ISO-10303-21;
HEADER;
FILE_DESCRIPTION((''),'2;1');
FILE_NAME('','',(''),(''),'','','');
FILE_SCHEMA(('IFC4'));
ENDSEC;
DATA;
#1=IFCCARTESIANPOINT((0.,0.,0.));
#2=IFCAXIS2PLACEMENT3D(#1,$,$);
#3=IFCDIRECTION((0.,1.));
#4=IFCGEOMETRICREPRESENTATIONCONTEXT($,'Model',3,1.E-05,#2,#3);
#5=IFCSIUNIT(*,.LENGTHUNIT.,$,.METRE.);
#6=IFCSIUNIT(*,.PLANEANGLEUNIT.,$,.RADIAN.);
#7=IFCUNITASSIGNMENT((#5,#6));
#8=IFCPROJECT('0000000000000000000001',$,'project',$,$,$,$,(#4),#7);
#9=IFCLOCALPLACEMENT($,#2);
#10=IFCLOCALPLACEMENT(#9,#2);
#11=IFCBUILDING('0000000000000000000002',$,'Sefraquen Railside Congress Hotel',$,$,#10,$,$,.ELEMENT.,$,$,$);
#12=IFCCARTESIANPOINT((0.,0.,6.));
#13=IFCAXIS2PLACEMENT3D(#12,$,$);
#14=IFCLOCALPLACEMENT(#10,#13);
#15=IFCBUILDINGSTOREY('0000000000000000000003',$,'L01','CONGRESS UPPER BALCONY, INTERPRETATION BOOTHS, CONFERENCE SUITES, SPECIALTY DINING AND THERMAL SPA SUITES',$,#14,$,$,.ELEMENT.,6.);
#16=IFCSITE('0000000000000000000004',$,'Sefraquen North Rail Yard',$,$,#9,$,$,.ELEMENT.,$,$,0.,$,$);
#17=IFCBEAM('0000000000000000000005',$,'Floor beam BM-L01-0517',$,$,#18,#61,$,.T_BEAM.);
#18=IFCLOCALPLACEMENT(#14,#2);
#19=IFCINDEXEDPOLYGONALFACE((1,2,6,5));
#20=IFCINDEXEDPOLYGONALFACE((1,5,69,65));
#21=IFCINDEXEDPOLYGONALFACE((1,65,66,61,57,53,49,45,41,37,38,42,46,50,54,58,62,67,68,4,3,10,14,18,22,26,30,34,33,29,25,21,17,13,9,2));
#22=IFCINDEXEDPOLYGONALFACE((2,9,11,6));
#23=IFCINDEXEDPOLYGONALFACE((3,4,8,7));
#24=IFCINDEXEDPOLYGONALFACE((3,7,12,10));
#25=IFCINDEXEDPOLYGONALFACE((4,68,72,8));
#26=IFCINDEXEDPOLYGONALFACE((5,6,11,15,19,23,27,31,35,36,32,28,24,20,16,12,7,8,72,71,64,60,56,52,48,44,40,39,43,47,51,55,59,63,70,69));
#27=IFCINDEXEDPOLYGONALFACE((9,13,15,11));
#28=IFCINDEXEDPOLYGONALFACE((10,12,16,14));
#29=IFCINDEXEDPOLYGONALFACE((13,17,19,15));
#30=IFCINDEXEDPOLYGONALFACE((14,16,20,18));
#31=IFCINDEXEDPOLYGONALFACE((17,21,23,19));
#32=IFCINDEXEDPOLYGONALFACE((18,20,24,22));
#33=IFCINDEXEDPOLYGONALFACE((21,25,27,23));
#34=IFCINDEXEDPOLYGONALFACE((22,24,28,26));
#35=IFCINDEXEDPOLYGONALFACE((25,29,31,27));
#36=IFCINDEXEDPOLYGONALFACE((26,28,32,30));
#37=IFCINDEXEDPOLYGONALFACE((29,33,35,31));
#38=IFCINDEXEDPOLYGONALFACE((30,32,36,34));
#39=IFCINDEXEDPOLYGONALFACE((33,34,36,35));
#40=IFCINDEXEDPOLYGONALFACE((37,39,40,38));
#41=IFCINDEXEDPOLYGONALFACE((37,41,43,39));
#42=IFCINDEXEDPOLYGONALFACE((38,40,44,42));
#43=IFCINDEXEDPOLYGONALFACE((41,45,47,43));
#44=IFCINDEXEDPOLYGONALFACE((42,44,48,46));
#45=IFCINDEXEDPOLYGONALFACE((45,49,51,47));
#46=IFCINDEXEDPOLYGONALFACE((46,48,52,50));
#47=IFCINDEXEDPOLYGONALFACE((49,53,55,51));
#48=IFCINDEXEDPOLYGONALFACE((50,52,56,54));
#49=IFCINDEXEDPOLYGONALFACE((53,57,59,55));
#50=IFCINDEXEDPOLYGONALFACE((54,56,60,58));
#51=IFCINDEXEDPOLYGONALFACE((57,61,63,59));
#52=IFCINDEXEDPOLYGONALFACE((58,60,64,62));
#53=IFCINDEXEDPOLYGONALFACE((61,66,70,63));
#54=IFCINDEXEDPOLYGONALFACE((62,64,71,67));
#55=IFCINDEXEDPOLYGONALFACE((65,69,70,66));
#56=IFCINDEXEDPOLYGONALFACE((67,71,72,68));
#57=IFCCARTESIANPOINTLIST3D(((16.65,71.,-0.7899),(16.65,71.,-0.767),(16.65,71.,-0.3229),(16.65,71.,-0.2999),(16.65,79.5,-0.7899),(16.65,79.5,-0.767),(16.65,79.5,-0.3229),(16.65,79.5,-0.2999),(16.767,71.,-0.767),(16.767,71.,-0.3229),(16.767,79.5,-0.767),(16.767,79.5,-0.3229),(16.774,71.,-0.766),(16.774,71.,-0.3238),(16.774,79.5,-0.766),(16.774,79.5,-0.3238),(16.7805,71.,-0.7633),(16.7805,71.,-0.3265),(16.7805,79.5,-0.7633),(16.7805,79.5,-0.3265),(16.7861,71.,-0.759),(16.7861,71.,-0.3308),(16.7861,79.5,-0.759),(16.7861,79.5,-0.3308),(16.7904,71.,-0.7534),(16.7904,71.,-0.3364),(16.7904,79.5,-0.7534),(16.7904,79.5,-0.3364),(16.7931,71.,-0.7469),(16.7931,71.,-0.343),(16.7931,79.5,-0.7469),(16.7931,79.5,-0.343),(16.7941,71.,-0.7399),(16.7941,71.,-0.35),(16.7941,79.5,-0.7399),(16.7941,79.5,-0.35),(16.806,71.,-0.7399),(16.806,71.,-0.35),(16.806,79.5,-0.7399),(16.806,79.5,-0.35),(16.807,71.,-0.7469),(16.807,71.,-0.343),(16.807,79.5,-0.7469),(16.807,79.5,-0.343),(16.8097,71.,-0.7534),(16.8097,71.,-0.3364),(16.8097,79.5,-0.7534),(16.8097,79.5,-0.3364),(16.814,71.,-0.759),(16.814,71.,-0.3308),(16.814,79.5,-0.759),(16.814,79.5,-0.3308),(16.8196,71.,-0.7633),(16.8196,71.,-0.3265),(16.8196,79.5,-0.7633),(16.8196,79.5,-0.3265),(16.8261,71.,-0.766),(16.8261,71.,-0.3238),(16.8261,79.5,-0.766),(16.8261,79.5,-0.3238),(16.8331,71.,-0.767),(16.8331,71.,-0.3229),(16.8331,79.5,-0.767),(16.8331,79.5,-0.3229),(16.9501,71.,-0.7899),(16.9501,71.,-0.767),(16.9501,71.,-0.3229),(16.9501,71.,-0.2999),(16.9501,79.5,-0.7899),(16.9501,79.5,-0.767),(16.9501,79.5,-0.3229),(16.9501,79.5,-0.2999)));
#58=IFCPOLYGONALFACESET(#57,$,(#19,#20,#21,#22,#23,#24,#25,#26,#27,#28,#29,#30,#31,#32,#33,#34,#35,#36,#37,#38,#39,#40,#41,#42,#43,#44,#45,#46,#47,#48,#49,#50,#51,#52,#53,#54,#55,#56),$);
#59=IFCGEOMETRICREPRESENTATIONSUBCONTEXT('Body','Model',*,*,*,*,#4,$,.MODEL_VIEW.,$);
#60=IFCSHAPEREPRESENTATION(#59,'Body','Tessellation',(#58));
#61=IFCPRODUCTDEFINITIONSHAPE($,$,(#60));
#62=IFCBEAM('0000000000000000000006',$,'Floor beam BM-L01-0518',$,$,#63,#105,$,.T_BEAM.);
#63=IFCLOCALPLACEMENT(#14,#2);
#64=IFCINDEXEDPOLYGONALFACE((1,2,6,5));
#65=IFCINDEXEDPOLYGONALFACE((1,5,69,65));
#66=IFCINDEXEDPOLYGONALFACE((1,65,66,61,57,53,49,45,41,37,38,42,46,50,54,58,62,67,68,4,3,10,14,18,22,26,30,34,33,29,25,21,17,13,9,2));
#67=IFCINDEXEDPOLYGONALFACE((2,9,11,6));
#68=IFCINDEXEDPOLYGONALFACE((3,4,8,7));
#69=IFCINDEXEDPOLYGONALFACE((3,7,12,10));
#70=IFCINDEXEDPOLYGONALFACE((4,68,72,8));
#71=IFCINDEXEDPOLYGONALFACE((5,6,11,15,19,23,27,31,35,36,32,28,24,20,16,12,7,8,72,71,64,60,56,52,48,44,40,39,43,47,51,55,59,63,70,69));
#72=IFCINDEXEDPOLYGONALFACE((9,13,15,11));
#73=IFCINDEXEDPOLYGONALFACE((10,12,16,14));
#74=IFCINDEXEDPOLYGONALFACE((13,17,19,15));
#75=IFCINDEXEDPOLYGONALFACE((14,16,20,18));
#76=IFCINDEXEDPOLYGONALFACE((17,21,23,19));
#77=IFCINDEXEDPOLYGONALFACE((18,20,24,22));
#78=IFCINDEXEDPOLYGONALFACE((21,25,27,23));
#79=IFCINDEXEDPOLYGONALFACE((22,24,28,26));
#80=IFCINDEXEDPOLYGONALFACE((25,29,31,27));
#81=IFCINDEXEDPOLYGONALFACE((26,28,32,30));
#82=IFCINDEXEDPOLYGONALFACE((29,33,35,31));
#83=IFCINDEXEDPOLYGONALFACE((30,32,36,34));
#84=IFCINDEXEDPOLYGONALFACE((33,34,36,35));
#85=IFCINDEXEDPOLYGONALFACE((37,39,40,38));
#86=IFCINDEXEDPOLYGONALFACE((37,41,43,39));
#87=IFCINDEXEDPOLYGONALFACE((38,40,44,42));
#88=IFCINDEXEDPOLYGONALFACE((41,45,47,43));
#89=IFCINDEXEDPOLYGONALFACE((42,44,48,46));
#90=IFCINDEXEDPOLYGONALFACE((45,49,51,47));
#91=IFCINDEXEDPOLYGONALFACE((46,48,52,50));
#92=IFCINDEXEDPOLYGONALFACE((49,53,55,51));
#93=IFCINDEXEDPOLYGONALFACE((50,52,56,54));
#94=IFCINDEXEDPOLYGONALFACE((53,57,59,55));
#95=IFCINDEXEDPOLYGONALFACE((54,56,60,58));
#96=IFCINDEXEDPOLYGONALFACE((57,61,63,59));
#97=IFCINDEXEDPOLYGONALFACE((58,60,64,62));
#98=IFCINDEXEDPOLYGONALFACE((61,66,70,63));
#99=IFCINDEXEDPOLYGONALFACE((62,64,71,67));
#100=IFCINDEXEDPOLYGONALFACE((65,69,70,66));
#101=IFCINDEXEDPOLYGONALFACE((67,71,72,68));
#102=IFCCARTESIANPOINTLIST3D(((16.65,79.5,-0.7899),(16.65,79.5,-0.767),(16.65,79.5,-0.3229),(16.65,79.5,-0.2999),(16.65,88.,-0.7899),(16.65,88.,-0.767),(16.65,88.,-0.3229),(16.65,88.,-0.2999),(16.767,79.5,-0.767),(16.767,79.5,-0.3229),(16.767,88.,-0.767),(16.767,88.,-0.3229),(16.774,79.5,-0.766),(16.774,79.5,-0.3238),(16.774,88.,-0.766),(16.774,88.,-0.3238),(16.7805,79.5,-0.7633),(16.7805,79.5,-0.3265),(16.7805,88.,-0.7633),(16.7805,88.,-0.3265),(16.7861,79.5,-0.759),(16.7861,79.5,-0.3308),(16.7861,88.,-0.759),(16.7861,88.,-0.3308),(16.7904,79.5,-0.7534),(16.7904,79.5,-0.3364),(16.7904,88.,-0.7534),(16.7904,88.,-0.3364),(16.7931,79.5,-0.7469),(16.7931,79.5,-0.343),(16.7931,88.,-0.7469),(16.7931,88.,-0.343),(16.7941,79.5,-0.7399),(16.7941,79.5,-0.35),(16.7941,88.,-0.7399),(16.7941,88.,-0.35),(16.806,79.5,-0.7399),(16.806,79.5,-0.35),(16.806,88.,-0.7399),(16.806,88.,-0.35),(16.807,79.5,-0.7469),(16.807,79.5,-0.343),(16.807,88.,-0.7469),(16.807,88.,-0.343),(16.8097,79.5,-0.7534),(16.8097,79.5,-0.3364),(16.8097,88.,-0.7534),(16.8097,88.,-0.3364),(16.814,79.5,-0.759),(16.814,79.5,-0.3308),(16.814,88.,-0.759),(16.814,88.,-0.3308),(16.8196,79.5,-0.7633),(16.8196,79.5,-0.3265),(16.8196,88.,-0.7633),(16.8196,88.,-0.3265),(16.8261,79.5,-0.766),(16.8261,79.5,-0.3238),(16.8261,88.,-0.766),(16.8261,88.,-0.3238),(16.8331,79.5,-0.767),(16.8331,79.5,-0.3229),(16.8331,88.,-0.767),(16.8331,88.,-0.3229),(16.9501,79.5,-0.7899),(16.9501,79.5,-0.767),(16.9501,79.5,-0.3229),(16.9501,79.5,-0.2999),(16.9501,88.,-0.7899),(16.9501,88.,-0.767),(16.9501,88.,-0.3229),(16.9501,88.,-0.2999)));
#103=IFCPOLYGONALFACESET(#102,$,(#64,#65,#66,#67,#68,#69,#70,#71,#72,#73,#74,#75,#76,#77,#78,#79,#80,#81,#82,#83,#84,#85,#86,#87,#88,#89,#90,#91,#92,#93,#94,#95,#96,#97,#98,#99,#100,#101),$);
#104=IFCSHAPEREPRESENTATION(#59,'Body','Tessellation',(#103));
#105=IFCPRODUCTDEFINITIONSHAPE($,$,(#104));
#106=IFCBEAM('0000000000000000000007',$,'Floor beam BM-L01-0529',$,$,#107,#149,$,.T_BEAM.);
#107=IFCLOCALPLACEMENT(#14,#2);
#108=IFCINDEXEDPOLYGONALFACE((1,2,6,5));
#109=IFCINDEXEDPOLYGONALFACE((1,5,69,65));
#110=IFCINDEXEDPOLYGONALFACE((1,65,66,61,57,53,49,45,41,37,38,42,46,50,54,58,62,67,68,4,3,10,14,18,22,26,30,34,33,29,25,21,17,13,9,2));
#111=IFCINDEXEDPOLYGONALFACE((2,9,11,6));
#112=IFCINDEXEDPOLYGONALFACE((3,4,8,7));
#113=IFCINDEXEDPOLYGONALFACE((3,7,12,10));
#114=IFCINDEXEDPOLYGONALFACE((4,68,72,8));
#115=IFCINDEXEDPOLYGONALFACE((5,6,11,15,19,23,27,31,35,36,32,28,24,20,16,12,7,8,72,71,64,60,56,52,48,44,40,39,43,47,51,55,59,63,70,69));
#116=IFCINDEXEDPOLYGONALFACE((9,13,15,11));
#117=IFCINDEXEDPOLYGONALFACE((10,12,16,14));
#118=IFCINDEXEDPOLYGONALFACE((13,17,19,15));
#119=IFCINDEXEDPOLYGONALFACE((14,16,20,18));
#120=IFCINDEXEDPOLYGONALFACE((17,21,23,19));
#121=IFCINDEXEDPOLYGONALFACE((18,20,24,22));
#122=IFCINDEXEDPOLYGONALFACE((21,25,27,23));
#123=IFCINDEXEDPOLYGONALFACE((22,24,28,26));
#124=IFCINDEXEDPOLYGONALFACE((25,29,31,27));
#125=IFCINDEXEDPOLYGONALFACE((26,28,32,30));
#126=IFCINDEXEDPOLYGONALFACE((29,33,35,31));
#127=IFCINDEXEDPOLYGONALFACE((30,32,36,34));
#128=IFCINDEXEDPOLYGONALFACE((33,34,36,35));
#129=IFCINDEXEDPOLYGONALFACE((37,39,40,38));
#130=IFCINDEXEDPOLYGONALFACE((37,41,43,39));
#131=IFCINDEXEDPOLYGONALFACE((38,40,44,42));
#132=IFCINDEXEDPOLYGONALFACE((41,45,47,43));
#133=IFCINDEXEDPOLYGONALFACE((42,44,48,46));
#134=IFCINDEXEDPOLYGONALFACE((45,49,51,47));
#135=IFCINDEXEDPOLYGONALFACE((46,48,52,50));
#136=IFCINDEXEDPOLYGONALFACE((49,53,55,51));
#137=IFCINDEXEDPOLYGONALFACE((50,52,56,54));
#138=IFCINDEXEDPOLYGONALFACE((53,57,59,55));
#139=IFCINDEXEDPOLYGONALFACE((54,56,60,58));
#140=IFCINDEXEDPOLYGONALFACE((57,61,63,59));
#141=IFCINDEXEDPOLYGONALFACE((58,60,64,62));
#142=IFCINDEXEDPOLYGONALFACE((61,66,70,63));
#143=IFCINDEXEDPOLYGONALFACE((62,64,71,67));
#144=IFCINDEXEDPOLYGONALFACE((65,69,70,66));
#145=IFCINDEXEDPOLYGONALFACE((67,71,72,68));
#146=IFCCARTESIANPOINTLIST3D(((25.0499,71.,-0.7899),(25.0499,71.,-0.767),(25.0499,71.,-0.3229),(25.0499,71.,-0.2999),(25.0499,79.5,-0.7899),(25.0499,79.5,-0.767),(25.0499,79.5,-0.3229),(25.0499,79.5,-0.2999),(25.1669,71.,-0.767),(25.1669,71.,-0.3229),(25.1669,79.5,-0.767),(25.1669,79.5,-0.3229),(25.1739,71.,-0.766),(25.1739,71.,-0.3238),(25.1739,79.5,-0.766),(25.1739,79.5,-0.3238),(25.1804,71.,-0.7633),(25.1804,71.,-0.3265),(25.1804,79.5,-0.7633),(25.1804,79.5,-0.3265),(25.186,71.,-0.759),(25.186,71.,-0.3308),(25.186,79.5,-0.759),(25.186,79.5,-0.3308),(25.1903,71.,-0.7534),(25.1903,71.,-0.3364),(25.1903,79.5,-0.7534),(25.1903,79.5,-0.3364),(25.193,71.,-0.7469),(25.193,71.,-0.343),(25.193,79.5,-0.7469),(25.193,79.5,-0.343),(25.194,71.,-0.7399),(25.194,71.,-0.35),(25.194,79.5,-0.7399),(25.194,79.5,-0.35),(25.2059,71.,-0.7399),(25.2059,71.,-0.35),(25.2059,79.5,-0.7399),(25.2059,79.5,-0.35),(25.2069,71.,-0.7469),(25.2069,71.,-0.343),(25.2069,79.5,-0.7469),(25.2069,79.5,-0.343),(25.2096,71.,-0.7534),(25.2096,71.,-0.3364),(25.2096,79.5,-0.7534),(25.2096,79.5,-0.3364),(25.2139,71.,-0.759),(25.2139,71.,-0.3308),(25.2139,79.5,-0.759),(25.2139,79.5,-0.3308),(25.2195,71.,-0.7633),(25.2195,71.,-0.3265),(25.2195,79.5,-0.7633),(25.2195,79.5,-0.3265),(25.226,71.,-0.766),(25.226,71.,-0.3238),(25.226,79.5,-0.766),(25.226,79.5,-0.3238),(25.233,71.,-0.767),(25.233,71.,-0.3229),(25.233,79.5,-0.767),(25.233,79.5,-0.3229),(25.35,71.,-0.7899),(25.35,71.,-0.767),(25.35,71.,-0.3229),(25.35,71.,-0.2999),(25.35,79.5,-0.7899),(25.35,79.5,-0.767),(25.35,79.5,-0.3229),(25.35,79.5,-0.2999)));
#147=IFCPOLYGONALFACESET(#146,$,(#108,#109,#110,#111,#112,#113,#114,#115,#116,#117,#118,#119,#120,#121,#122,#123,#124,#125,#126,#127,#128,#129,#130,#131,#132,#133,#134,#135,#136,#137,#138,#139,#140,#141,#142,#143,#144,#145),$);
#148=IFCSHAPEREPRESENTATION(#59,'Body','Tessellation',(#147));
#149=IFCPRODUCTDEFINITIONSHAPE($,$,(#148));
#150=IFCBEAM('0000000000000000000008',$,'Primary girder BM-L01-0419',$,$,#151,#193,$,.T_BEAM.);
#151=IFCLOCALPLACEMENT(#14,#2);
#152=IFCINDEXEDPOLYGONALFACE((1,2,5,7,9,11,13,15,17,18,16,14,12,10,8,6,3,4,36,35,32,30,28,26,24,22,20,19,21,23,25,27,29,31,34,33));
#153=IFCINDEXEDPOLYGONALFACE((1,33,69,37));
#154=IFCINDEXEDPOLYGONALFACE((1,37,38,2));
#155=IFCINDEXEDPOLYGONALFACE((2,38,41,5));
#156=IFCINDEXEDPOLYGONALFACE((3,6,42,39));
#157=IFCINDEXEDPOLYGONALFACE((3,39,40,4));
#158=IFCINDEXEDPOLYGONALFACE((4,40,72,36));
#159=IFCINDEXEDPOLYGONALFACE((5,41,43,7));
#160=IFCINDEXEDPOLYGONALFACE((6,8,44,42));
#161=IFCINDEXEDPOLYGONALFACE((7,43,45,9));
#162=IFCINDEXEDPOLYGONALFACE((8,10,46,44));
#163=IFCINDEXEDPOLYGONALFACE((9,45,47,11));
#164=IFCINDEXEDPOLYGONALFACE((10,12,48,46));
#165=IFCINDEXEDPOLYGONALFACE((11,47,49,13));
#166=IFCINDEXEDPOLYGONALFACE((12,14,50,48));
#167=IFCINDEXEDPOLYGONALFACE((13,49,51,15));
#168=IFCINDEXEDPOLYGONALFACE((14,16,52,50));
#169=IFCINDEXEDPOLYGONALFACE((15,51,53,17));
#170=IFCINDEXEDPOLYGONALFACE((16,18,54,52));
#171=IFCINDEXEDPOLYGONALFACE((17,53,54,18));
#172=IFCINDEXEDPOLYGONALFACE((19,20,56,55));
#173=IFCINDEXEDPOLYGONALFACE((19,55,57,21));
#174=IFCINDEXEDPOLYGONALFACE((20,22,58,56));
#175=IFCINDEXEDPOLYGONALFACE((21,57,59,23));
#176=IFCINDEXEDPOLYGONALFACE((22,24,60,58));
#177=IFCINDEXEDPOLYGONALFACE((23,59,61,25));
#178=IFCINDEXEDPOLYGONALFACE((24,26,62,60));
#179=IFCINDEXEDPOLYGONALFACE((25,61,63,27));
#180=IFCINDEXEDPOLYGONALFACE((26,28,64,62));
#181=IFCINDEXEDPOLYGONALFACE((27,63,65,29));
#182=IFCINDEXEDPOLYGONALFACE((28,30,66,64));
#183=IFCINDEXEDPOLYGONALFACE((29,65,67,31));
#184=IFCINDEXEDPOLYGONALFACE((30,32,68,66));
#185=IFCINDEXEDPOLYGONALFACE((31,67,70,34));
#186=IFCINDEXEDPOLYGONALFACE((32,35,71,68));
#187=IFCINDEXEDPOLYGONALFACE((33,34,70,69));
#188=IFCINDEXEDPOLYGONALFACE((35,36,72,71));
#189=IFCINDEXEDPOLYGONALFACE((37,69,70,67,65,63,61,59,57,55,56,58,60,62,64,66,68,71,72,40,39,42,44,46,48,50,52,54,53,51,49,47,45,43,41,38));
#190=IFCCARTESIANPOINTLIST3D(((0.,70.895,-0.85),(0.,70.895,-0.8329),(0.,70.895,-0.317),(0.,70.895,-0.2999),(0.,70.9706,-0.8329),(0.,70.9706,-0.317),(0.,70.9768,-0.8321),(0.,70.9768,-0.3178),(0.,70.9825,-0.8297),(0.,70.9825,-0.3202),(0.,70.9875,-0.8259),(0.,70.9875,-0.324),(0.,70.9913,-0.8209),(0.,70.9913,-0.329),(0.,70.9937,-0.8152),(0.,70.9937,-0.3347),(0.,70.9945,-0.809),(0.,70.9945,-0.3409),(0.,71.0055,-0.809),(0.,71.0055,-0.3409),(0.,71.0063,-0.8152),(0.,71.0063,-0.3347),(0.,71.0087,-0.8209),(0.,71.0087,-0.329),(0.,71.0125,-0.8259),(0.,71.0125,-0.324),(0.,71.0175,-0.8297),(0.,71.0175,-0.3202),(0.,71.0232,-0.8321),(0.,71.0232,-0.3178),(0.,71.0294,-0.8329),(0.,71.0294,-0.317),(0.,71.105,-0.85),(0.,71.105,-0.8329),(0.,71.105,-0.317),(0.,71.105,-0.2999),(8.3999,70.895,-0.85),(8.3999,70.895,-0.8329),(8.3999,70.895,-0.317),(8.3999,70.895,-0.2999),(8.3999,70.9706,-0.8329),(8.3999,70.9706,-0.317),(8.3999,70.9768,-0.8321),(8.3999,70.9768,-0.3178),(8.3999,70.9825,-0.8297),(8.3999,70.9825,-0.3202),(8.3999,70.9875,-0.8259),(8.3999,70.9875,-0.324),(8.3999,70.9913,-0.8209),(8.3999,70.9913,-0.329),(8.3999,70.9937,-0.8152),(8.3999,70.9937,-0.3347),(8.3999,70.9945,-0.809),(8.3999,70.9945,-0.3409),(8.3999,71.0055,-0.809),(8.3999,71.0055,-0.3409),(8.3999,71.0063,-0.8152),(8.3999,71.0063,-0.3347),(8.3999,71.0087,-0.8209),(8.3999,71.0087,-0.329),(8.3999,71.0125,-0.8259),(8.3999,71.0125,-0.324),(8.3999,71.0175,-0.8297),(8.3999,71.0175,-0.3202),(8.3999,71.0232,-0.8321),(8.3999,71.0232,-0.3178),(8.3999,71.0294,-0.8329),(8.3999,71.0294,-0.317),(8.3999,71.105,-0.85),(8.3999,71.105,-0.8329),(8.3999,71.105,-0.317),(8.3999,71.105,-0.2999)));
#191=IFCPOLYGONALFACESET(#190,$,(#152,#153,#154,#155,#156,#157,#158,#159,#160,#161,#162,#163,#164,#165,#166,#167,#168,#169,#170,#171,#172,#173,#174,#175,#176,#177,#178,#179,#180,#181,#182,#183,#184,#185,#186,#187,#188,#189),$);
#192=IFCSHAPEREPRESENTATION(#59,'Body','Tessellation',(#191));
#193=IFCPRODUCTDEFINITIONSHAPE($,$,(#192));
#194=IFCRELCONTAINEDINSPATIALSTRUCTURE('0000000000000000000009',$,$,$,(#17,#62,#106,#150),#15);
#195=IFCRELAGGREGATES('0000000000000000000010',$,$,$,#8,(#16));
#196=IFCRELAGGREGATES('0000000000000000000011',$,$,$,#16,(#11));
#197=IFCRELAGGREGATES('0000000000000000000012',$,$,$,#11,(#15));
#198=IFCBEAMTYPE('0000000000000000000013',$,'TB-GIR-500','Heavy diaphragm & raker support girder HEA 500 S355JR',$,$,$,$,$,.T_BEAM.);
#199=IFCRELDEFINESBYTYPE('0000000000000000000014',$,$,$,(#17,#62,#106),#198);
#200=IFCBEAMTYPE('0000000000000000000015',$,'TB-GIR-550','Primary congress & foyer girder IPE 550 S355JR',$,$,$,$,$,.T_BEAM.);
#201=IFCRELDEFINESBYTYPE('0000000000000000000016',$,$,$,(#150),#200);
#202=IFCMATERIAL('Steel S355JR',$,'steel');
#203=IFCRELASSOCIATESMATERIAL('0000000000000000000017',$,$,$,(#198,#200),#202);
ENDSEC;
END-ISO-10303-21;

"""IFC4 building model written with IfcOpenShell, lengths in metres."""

from ifc_helpers import new_model, si_unit, direction, frame, origin, origin_2d, place, context, subcontext, project, spatial, i_section, extrude, material, material_profile, profile_set, type_object, element, save


model = new_model("IFC4")

# Units and contexts
model_context = context("Model", 3, precision=1e-05, world=origin(), true_north=direction((0.0, 1.0)))
body_context = subcontext(model_context, "Body", "Model", "MODEL_VIEW")
ifc_project = project(units=[si_unit("LENGTHUNIT", "METRE"), si_unit("PLANEANGLEUNIT", "RADIAN")], contexts=[model_context])

# Site, building, storey
site_placement = place(None, origin())
site = spatial("IfcSite", under=ifc_project, at=site_placement, Name="Sefraquen North Rail Yard", CompositionType="ELEMENT", RefElevation=0.0)
building_placement = place(site_placement, origin())
building = spatial("IfcBuilding", under=site, at=building_placement, Name="Sefraquen Railside Congress Hotel", CompositionType="ELEMENT")
storey_placement = place(building_placement, frame((0.0, 0.0, 6.0)))
storey = spatial("IfcBuildingStorey", under=building, at=storey_placement, Name="L01", Description="CONGRESS UPPER BALCONY, INTERPRETATION BOOTHS, CONFERENCE SUITES, SPECIALTY DINING AND THERMAL SPA SUITES", CompositionType="ELEMENT", Elevation=6.0)

# Shared definitions
ifc_material_1 = material(Name="Steel S355JR", Category="steel")

# Beams
ifc_material_profile_1 = material_profile(ifc_material_1, i_section(OverallWidth=0.3, OverallDepth=0.49, WebThickness=0.012, FlangeThickness=0.0229, FilletRadius=0.0271, at=origin_2d()), Name="HEA 500")
ifc_profile_set_1 = profile_set([ifc_material_profile_1], Name="Steel S355JR")
beam_type_1 = type_object("IfcBeamType", Name="TB-GIR-500", Description="Heavy diaphragm & raker support girder HEA 500 S355JR", PredefinedType="T_BEAM", material=ifc_profile_set_1)
for number, where, z_axis, x_axis, name in (
    (1, (16.8, 71.0, -0.5449), (0.0, 1.0, 0.0), (-1.0, 0.0, 0.0), "Floor beam BM-L01-0517"),
    (2, (16.8, 79.5, -0.5449), (0.0, 1.0, 0.0), (-1.0, 0.0, 0.0), "Floor beam BM-L01-0518"),
    (3, (25.2, 71.0, -0.5449), (0.0, 1.0, 0.0), (-1.0, 0.0, 0.0), "Floor beam BM-L01-0529"),
):
    element("IfcBeam", number, at=place(storey_placement, frame(where, z_axis=z_axis, x_axis=x_axis)), inside=storey, type_object=beam_type_1, Name=name, PredefinedType="T_BEAM", context=body_context, shape_type="SweptSolid", body=[
        extrude(i_section(OverallWidth=0.3, OverallDepth=0.49, WebThickness=0.012, FlangeThickness=0.0229, FilletRadius=0.0271, at=origin_2d()), origin(), (0.0, 0.0, 1.0), 8.5),
    ])
ifc_material_profile_2 = material_profile(ifc_material_1, i_section(OverallWidth=0.21, OverallDepth=0.55, WebThickness=0.011, FlangeThickness=0.0171, FilletRadius=0.0239, at=origin_2d()), Name="IPE 550")
ifc_profile_set_2 = profile_set([ifc_material_profile_2], Name="Steel S355JR")
beam_type_2 = type_object("IfcBeamType", Name="TB-GIR-550", Description="Primary congress & foyer girder IPE 550 S355JR", PredefinedType="T_BEAM", material=ifc_profile_set_2)
beam_1_placement = place(storey_placement, frame((0.0, 71.0, -0.575), z_axis=(1.0, 0.0, 0.0), x_axis=(0.0, 1.0, 0.0)))
element("IfcBeam", 4, at=beam_1_placement, inside=storey, type_object=beam_type_2, Name="Primary girder BM-L01-0419", PredefinedType="T_BEAM", context=body_context, shape_type="SweptSolid", body=[
    extrude(i_section(OverallWidth=0.21, OverallDepth=0.55, WebThickness=0.011, FlangeThickness=0.0171, FilletRadius=0.0239, at=origin_2d()), origin(), (0.0, 0.0, 1.0), 8.3999),
])

save(model, "model.ifc")
